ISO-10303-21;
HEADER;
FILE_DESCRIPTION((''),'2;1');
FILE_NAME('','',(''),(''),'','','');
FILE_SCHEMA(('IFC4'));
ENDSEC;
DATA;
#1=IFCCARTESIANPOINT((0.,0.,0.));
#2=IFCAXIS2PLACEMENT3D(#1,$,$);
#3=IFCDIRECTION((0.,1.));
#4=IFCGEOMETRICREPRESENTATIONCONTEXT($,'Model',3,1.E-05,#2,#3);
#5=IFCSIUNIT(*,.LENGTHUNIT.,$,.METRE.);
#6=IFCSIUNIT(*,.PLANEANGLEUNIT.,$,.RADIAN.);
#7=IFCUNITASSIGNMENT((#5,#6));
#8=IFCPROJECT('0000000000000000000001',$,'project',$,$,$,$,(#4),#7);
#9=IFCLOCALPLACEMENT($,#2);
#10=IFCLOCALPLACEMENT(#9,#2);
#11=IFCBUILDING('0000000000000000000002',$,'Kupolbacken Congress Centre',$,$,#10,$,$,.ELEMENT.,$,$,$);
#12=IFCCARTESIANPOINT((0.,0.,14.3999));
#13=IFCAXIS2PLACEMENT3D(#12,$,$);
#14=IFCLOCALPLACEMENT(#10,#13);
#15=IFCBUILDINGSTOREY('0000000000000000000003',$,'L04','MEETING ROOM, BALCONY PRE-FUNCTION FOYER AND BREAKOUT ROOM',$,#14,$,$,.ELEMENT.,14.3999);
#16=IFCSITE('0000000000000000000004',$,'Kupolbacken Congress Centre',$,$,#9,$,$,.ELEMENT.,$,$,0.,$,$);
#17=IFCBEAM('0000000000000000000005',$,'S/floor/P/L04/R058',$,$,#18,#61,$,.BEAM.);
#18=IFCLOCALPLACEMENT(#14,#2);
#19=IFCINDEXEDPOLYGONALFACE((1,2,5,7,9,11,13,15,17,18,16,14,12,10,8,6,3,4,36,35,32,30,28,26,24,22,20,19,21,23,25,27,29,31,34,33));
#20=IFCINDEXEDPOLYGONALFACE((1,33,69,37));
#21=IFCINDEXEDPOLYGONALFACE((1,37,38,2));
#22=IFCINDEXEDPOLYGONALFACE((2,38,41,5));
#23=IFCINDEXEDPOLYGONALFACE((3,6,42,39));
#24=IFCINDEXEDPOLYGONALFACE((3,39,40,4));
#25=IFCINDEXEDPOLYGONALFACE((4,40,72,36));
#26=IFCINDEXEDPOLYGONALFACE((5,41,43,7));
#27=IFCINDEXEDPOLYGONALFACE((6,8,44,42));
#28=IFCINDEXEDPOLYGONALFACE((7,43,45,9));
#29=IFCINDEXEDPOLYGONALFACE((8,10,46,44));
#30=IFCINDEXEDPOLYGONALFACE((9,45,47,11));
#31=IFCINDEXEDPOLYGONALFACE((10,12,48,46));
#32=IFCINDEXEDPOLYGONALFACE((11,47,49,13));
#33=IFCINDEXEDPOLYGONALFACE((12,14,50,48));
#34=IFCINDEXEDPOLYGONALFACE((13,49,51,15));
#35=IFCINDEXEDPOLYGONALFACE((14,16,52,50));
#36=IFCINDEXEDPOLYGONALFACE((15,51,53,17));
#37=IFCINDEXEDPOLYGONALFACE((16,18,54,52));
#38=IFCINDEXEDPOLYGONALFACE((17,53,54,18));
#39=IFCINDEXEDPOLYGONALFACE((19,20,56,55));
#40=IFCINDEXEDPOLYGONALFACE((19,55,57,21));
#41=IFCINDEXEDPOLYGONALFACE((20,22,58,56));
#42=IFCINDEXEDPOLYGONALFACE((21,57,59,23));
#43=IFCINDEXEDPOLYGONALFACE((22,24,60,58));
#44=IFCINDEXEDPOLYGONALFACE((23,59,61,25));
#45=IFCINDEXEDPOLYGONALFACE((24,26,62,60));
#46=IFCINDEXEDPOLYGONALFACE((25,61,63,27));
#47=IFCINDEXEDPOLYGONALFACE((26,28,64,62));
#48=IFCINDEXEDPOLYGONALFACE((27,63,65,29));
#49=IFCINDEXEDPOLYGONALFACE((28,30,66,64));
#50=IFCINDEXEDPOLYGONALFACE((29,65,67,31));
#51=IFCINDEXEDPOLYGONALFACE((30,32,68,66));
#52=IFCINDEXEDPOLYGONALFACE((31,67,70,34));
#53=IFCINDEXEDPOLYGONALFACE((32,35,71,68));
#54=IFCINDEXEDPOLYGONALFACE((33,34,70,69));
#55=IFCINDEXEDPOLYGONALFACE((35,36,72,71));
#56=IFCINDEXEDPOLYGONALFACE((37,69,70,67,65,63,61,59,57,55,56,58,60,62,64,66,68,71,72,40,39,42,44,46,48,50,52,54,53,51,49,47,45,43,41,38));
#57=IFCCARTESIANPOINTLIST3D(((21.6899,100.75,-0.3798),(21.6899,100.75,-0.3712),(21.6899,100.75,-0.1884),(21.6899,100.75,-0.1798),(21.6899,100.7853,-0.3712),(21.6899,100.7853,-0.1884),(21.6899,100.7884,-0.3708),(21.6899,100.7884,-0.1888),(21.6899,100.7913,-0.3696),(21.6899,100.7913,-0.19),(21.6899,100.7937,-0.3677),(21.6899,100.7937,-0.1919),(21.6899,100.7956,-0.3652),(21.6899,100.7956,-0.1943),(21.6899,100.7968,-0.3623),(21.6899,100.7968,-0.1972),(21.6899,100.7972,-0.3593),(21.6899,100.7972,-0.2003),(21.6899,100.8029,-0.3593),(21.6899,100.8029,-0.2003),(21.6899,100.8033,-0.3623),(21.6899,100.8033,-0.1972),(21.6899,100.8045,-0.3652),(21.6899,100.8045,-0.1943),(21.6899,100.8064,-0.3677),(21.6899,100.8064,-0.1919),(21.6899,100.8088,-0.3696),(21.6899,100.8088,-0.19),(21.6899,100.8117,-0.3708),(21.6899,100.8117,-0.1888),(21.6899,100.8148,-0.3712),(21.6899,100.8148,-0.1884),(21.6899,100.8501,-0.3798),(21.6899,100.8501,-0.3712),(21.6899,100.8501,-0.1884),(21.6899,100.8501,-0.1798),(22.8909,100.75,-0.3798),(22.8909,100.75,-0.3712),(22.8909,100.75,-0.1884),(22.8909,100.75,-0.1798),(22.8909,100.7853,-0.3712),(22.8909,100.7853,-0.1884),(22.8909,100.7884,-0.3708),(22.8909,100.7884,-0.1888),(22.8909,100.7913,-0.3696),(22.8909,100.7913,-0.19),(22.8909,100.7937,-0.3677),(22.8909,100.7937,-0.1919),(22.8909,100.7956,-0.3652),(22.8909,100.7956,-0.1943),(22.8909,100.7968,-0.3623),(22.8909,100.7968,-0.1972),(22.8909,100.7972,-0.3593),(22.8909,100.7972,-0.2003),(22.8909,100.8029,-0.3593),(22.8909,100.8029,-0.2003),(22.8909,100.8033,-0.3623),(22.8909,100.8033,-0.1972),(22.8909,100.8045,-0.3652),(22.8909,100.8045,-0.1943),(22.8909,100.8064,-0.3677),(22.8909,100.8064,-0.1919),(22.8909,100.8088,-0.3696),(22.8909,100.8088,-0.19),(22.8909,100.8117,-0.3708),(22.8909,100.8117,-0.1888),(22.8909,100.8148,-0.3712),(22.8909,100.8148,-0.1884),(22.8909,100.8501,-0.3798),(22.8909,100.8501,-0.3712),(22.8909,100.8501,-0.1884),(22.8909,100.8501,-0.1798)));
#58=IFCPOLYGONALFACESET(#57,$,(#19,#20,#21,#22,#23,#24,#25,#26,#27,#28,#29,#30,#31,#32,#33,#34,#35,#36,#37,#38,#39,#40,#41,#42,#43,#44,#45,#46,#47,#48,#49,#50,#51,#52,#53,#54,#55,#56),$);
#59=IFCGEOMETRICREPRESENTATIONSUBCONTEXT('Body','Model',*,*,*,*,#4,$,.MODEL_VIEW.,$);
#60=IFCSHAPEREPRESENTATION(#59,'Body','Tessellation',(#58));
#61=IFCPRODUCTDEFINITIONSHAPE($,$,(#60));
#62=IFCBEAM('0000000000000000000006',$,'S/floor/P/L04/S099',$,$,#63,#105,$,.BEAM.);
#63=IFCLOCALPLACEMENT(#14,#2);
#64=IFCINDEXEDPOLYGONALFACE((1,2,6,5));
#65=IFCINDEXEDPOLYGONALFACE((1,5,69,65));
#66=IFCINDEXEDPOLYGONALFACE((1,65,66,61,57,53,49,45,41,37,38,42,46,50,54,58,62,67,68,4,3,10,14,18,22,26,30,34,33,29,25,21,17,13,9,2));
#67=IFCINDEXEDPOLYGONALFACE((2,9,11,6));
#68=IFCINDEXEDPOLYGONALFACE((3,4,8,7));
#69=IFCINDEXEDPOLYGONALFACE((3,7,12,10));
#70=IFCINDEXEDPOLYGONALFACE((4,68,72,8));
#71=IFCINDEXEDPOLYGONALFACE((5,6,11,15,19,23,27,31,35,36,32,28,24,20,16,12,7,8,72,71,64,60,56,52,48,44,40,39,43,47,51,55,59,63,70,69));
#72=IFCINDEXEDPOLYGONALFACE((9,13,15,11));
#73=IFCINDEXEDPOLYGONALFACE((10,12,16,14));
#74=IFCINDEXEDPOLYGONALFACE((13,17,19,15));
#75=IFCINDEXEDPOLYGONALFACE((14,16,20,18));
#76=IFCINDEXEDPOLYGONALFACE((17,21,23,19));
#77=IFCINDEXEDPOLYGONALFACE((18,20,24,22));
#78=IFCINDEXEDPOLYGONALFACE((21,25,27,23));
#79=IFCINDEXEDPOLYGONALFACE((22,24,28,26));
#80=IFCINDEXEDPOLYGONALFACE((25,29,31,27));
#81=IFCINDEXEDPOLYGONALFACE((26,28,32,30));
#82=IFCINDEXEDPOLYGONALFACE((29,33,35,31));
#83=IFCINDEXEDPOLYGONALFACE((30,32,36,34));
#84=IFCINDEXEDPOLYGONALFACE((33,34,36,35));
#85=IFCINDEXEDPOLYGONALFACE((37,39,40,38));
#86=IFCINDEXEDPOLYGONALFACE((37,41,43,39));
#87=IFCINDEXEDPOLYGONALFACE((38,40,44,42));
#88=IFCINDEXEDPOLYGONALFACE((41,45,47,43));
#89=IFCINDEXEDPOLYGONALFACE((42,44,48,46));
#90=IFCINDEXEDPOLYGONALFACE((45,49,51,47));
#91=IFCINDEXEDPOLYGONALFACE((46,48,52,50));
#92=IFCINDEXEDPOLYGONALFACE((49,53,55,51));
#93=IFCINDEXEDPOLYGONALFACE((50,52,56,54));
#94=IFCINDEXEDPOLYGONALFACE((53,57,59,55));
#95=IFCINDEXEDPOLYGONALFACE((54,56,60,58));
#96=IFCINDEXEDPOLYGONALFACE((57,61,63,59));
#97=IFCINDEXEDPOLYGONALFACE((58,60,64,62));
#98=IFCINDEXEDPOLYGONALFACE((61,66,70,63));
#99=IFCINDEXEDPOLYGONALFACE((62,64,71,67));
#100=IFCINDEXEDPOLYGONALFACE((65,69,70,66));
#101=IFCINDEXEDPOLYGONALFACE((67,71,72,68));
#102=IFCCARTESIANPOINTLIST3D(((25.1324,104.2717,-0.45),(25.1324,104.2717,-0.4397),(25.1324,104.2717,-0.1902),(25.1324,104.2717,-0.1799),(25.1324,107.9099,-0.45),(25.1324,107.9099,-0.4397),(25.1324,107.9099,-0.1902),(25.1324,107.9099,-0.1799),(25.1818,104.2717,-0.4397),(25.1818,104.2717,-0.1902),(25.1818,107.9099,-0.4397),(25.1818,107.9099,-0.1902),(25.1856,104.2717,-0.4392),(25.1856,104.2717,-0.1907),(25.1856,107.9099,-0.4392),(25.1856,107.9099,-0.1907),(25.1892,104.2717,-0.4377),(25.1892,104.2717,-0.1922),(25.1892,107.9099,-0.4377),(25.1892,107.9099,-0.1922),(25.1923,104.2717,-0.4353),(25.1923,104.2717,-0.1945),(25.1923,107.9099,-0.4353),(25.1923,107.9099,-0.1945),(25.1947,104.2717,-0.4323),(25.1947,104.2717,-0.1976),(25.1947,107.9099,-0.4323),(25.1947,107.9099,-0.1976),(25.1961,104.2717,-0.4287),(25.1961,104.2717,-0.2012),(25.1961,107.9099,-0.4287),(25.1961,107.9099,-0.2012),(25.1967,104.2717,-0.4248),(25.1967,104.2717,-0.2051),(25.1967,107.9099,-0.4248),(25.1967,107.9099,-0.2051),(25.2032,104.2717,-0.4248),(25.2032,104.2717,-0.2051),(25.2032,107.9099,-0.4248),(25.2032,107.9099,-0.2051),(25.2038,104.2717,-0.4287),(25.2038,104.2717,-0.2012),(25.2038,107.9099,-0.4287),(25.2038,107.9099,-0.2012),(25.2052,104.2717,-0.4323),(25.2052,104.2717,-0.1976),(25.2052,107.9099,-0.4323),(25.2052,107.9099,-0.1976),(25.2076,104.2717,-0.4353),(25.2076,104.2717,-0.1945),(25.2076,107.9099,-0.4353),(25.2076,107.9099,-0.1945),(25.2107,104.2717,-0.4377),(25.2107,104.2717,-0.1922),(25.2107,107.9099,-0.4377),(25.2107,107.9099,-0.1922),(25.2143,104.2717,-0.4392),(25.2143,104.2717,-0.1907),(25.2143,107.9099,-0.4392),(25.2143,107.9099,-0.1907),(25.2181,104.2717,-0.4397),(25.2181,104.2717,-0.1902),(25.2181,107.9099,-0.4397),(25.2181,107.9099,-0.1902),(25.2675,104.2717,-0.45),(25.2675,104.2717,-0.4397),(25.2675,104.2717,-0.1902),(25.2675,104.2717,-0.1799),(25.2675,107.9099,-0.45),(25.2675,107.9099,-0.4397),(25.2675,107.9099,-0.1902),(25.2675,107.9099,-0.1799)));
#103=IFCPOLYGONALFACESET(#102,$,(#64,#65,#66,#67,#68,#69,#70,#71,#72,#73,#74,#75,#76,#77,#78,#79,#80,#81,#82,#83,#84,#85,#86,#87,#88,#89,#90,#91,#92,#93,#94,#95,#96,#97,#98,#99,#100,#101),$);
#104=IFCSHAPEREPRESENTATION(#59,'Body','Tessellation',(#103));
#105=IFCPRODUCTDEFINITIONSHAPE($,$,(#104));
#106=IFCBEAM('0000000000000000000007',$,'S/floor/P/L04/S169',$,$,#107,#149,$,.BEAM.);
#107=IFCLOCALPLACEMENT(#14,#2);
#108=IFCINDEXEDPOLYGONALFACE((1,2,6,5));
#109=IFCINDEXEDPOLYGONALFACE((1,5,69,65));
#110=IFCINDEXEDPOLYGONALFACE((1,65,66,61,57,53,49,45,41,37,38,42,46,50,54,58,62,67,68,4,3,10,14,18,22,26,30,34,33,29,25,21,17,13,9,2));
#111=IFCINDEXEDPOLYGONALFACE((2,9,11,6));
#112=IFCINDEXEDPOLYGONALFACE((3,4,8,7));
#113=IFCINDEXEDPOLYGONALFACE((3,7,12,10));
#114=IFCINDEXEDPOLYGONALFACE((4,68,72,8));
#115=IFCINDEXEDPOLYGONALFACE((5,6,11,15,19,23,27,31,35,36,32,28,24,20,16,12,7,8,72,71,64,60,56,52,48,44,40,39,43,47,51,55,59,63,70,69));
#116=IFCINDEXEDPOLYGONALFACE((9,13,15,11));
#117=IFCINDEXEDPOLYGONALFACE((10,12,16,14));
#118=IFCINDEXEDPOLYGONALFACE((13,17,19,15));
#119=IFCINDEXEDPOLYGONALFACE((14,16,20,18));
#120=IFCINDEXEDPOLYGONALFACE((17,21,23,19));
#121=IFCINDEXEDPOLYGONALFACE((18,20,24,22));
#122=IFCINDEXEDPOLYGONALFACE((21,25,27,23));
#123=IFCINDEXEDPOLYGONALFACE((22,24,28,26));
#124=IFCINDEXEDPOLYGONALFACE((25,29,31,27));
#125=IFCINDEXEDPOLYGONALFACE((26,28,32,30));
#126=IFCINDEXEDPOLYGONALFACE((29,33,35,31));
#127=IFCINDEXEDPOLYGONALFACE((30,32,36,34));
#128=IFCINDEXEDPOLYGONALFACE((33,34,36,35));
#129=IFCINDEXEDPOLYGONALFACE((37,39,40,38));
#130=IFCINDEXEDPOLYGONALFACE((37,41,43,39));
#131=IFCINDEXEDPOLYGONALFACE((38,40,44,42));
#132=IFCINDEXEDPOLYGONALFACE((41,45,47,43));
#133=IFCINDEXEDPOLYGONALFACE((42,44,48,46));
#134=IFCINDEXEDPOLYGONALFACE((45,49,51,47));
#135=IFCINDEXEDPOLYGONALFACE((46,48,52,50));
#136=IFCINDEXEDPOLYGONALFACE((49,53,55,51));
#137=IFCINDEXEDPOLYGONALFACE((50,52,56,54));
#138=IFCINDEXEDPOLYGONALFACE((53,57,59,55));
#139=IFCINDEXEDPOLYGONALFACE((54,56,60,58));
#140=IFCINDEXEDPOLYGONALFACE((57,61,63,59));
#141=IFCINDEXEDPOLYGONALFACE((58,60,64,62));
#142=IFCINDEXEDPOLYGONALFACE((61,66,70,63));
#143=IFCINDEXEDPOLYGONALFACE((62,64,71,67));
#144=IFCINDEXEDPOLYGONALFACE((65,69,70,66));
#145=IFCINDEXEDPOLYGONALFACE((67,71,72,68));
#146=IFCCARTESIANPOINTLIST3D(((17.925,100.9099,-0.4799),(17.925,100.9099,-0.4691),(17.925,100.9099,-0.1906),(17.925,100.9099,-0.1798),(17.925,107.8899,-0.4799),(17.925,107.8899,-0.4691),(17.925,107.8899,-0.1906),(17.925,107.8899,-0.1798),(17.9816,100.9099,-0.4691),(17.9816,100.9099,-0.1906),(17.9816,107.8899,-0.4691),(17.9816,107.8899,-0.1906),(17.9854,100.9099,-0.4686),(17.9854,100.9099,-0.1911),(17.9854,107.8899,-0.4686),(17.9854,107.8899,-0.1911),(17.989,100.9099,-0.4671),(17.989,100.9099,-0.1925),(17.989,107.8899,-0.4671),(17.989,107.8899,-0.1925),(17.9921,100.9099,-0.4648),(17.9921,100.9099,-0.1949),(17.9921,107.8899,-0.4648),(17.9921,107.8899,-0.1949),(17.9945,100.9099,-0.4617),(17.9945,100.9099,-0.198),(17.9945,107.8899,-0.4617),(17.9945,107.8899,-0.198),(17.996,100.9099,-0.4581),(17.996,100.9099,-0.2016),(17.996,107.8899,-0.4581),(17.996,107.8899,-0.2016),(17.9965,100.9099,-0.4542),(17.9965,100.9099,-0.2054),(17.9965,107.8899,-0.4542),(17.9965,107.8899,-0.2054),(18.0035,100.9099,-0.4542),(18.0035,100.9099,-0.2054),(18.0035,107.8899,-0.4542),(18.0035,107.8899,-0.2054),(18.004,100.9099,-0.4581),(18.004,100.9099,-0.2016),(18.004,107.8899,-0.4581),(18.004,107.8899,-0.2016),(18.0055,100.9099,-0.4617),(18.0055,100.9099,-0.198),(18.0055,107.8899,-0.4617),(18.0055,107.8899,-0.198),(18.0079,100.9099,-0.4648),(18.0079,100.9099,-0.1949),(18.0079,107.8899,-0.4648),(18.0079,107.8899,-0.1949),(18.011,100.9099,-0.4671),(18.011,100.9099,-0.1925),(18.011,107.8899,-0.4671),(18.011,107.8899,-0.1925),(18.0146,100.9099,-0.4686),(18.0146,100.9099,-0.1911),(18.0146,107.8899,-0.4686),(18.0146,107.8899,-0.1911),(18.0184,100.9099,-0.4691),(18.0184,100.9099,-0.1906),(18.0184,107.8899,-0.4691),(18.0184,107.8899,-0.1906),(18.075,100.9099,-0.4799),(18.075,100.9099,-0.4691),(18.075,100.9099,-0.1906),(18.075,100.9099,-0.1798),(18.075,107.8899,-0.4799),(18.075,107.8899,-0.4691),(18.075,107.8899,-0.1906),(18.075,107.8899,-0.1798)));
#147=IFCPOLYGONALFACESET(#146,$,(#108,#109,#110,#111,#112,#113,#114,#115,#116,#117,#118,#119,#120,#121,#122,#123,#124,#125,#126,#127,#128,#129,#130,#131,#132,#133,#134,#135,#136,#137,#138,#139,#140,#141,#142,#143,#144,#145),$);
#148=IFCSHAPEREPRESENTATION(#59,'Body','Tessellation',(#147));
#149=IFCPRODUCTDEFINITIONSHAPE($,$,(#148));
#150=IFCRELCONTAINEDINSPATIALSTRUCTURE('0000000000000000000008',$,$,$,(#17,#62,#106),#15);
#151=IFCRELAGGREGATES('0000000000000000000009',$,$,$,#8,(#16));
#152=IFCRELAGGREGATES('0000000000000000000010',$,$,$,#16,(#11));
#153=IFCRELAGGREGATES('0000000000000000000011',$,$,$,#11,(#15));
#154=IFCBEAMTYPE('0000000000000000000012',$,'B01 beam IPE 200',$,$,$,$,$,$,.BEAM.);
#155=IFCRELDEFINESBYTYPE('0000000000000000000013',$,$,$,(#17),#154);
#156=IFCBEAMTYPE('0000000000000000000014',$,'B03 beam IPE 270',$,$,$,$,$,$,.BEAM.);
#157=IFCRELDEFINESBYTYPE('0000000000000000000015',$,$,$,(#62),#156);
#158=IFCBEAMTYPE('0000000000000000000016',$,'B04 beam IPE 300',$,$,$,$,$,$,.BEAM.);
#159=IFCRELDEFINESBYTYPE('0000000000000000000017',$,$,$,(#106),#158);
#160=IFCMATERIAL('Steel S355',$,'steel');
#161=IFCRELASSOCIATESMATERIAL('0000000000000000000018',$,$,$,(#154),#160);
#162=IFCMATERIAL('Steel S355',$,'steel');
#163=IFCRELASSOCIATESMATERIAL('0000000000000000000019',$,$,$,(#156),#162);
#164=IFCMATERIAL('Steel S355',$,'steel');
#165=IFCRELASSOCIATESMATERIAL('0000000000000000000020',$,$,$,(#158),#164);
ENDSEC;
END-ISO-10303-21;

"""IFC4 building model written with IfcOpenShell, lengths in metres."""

from ifc_helpers import new_model, si_unit, direction, frame, origin, origin_2d, place, context, subcontext, project, spatial, i_section, extrude, material, material_profile, profile_set, type_object, element, save


model = new_model("IFC4")

# Units and contexts
model_context = context("Model", 3, precision=1e-05, world=origin(), true_north=direction((0.0, 1.0)))
body_context = subcontext(model_context, "Body", "Model", "MODEL_VIEW")
ifc_project = project(units=[si_unit("LENGTHUNIT", "METRE"), si_unit("PLANEANGLEUNIT", "RADIAN")], contexts=[model_context])

# Site, building, storey
site_placement = place(None, origin())
site = spatial("IfcSite", under=ifc_project, at=site_placement, Name="Kupolbacken Congress Centre", CompositionType="ELEMENT", RefElevation=0.0)
building_placement = place(site_placement, origin())
building = spatial("IfcBuilding", under=site, at=building_placement, Name="Kupolbacken Congress Centre", CompositionType="ELEMENT")
storey_placement = place(building_placement, frame((0.0, 0.0, 14.3999)))
storey = spatial("IfcBuildingStorey", under=building, at=storey_placement, Name="L04", Description="MEETING ROOM, BALCONY PRE-FUNCTION FOYER AND BREAKOUT ROOM", CompositionType="ELEMENT", Elevation=14.3999)

# Beams
ifc_material_1 = material(Name="Steel S355", Category="steel")
ifc_material_profile_1 = material_profile(ifc_material_1, i_section(OverallWidth=0.1001, OverallDepth=0.2, WebThickness=0.0056, FlangeThickness=0.0085, FilletRadius=0.012, at=origin_2d()), Name="IPE 200")
ifc_profile_set_1 = profile_set([ifc_material_profile_1], Name="Steel S355")
beam_type_1 = type_object("IfcBeamType", Name="B01 beam IPE 200", PredefinedType="BEAM", material=ifc_profile_set_1)
beam_1_placement = place(storey_placement, frame((21.6899, 100.8, -0.2798), z_axis=(1.0, 0.0, 0.0), x_axis=(0.0, 1.0, 0.0)))
element("IfcBeam", 1, at=beam_1_placement, inside=storey, type_object=beam_type_1, Name="S/floor/P/L04/R058", PredefinedType="BEAM", context=body_context, shape_type="SweptSolid", body=[
    extrude(i_section(OverallWidth=0.1001, OverallDepth=0.2, WebThickness=0.0056, FlangeThickness=0.0085, FilletRadius=0.012, at=origin_2d()), origin(), (0.0, 0.0, 1.0), 1.2009),
])
ifc_material_2 = material(Name="Steel S355", Category="steel")
ifc_material_profile_2 = material_profile(ifc_material_2, i_section(OverallWidth=0.135, OverallDepth=0.27, WebThickness=0.0066, FlangeThickness=0.0103, FilletRadius=0.0149, at=origin_2d()), Name="IPE 270")
ifc_profile_set_2 = profile_set([ifc_material_profile_2], Name="Steel S355")
beam_type_2 = type_object("IfcBeamType", Name="B03 beam IPE 270", PredefinedType="BEAM", material=ifc_profile_set_2)
beam_2_placement = place(storey_placement, frame((25.2, 104.2717, -0.3149), z_axis=(0.0, 1.0, 0.0), x_axis=(-1.0, 0.0, 0.0)))
element("IfcBeam", 2, at=beam_2_placement, inside=storey, type_object=beam_type_2, Name="S/floor/P/L04/S099", PredefinedType="BEAM", context=body_context, shape_type="SweptSolid", body=[
    extrude(i_section(OverallWidth=0.135, OverallDepth=0.27, WebThickness=0.0066, FlangeThickness=0.0103, FilletRadius=0.0149, at=origin_2d()), origin(), (0.0, 0.0, 1.0), 3.6382),
])
ifc_material_3 = material(Name="Steel S355", Category="steel")
ifc_material_profile_3 = material_profile(ifc_material_3, i_section(OverallWidth=0.1499, OverallDepth=0.3, WebThickness=0.0071, FlangeThickness=0.0107, FilletRadius=0.0149, at=origin_2d()), Name="IPE 300")
ifc_profile_set_3 = profile_set([ifc_material_profile_3], Name="Steel S355")
beam_type_3 = type_object("IfcBeamType", Name="B04 beam IPE 300", PredefinedType="BEAM", material=ifc_profile_set_3)
beam_3_placement = place(storey_placement, frame((18.0, 100.9099, -0.3298), z_axis=(0.0, 1.0, 0.0), x_axis=(-1.0, 0.0, 0.0)))
element("IfcBeam", 3, at=beam_3_placement, inside=storey, type_object=beam_type_3, Name="S/floor/P/L04/S169", PredefinedType="BEAM", context=body_context, shape_type="SweptSolid", body=[
    extrude(i_section(OverallWidth=0.1499, OverallDepth=0.3, WebThickness=0.0071, FlangeThickness=0.0107, FilletRadius=0.0149, at=origin_2d()), origin(), (0.0, 0.0, 1.0), 6.98),
])

save(model, "model.ifc")
